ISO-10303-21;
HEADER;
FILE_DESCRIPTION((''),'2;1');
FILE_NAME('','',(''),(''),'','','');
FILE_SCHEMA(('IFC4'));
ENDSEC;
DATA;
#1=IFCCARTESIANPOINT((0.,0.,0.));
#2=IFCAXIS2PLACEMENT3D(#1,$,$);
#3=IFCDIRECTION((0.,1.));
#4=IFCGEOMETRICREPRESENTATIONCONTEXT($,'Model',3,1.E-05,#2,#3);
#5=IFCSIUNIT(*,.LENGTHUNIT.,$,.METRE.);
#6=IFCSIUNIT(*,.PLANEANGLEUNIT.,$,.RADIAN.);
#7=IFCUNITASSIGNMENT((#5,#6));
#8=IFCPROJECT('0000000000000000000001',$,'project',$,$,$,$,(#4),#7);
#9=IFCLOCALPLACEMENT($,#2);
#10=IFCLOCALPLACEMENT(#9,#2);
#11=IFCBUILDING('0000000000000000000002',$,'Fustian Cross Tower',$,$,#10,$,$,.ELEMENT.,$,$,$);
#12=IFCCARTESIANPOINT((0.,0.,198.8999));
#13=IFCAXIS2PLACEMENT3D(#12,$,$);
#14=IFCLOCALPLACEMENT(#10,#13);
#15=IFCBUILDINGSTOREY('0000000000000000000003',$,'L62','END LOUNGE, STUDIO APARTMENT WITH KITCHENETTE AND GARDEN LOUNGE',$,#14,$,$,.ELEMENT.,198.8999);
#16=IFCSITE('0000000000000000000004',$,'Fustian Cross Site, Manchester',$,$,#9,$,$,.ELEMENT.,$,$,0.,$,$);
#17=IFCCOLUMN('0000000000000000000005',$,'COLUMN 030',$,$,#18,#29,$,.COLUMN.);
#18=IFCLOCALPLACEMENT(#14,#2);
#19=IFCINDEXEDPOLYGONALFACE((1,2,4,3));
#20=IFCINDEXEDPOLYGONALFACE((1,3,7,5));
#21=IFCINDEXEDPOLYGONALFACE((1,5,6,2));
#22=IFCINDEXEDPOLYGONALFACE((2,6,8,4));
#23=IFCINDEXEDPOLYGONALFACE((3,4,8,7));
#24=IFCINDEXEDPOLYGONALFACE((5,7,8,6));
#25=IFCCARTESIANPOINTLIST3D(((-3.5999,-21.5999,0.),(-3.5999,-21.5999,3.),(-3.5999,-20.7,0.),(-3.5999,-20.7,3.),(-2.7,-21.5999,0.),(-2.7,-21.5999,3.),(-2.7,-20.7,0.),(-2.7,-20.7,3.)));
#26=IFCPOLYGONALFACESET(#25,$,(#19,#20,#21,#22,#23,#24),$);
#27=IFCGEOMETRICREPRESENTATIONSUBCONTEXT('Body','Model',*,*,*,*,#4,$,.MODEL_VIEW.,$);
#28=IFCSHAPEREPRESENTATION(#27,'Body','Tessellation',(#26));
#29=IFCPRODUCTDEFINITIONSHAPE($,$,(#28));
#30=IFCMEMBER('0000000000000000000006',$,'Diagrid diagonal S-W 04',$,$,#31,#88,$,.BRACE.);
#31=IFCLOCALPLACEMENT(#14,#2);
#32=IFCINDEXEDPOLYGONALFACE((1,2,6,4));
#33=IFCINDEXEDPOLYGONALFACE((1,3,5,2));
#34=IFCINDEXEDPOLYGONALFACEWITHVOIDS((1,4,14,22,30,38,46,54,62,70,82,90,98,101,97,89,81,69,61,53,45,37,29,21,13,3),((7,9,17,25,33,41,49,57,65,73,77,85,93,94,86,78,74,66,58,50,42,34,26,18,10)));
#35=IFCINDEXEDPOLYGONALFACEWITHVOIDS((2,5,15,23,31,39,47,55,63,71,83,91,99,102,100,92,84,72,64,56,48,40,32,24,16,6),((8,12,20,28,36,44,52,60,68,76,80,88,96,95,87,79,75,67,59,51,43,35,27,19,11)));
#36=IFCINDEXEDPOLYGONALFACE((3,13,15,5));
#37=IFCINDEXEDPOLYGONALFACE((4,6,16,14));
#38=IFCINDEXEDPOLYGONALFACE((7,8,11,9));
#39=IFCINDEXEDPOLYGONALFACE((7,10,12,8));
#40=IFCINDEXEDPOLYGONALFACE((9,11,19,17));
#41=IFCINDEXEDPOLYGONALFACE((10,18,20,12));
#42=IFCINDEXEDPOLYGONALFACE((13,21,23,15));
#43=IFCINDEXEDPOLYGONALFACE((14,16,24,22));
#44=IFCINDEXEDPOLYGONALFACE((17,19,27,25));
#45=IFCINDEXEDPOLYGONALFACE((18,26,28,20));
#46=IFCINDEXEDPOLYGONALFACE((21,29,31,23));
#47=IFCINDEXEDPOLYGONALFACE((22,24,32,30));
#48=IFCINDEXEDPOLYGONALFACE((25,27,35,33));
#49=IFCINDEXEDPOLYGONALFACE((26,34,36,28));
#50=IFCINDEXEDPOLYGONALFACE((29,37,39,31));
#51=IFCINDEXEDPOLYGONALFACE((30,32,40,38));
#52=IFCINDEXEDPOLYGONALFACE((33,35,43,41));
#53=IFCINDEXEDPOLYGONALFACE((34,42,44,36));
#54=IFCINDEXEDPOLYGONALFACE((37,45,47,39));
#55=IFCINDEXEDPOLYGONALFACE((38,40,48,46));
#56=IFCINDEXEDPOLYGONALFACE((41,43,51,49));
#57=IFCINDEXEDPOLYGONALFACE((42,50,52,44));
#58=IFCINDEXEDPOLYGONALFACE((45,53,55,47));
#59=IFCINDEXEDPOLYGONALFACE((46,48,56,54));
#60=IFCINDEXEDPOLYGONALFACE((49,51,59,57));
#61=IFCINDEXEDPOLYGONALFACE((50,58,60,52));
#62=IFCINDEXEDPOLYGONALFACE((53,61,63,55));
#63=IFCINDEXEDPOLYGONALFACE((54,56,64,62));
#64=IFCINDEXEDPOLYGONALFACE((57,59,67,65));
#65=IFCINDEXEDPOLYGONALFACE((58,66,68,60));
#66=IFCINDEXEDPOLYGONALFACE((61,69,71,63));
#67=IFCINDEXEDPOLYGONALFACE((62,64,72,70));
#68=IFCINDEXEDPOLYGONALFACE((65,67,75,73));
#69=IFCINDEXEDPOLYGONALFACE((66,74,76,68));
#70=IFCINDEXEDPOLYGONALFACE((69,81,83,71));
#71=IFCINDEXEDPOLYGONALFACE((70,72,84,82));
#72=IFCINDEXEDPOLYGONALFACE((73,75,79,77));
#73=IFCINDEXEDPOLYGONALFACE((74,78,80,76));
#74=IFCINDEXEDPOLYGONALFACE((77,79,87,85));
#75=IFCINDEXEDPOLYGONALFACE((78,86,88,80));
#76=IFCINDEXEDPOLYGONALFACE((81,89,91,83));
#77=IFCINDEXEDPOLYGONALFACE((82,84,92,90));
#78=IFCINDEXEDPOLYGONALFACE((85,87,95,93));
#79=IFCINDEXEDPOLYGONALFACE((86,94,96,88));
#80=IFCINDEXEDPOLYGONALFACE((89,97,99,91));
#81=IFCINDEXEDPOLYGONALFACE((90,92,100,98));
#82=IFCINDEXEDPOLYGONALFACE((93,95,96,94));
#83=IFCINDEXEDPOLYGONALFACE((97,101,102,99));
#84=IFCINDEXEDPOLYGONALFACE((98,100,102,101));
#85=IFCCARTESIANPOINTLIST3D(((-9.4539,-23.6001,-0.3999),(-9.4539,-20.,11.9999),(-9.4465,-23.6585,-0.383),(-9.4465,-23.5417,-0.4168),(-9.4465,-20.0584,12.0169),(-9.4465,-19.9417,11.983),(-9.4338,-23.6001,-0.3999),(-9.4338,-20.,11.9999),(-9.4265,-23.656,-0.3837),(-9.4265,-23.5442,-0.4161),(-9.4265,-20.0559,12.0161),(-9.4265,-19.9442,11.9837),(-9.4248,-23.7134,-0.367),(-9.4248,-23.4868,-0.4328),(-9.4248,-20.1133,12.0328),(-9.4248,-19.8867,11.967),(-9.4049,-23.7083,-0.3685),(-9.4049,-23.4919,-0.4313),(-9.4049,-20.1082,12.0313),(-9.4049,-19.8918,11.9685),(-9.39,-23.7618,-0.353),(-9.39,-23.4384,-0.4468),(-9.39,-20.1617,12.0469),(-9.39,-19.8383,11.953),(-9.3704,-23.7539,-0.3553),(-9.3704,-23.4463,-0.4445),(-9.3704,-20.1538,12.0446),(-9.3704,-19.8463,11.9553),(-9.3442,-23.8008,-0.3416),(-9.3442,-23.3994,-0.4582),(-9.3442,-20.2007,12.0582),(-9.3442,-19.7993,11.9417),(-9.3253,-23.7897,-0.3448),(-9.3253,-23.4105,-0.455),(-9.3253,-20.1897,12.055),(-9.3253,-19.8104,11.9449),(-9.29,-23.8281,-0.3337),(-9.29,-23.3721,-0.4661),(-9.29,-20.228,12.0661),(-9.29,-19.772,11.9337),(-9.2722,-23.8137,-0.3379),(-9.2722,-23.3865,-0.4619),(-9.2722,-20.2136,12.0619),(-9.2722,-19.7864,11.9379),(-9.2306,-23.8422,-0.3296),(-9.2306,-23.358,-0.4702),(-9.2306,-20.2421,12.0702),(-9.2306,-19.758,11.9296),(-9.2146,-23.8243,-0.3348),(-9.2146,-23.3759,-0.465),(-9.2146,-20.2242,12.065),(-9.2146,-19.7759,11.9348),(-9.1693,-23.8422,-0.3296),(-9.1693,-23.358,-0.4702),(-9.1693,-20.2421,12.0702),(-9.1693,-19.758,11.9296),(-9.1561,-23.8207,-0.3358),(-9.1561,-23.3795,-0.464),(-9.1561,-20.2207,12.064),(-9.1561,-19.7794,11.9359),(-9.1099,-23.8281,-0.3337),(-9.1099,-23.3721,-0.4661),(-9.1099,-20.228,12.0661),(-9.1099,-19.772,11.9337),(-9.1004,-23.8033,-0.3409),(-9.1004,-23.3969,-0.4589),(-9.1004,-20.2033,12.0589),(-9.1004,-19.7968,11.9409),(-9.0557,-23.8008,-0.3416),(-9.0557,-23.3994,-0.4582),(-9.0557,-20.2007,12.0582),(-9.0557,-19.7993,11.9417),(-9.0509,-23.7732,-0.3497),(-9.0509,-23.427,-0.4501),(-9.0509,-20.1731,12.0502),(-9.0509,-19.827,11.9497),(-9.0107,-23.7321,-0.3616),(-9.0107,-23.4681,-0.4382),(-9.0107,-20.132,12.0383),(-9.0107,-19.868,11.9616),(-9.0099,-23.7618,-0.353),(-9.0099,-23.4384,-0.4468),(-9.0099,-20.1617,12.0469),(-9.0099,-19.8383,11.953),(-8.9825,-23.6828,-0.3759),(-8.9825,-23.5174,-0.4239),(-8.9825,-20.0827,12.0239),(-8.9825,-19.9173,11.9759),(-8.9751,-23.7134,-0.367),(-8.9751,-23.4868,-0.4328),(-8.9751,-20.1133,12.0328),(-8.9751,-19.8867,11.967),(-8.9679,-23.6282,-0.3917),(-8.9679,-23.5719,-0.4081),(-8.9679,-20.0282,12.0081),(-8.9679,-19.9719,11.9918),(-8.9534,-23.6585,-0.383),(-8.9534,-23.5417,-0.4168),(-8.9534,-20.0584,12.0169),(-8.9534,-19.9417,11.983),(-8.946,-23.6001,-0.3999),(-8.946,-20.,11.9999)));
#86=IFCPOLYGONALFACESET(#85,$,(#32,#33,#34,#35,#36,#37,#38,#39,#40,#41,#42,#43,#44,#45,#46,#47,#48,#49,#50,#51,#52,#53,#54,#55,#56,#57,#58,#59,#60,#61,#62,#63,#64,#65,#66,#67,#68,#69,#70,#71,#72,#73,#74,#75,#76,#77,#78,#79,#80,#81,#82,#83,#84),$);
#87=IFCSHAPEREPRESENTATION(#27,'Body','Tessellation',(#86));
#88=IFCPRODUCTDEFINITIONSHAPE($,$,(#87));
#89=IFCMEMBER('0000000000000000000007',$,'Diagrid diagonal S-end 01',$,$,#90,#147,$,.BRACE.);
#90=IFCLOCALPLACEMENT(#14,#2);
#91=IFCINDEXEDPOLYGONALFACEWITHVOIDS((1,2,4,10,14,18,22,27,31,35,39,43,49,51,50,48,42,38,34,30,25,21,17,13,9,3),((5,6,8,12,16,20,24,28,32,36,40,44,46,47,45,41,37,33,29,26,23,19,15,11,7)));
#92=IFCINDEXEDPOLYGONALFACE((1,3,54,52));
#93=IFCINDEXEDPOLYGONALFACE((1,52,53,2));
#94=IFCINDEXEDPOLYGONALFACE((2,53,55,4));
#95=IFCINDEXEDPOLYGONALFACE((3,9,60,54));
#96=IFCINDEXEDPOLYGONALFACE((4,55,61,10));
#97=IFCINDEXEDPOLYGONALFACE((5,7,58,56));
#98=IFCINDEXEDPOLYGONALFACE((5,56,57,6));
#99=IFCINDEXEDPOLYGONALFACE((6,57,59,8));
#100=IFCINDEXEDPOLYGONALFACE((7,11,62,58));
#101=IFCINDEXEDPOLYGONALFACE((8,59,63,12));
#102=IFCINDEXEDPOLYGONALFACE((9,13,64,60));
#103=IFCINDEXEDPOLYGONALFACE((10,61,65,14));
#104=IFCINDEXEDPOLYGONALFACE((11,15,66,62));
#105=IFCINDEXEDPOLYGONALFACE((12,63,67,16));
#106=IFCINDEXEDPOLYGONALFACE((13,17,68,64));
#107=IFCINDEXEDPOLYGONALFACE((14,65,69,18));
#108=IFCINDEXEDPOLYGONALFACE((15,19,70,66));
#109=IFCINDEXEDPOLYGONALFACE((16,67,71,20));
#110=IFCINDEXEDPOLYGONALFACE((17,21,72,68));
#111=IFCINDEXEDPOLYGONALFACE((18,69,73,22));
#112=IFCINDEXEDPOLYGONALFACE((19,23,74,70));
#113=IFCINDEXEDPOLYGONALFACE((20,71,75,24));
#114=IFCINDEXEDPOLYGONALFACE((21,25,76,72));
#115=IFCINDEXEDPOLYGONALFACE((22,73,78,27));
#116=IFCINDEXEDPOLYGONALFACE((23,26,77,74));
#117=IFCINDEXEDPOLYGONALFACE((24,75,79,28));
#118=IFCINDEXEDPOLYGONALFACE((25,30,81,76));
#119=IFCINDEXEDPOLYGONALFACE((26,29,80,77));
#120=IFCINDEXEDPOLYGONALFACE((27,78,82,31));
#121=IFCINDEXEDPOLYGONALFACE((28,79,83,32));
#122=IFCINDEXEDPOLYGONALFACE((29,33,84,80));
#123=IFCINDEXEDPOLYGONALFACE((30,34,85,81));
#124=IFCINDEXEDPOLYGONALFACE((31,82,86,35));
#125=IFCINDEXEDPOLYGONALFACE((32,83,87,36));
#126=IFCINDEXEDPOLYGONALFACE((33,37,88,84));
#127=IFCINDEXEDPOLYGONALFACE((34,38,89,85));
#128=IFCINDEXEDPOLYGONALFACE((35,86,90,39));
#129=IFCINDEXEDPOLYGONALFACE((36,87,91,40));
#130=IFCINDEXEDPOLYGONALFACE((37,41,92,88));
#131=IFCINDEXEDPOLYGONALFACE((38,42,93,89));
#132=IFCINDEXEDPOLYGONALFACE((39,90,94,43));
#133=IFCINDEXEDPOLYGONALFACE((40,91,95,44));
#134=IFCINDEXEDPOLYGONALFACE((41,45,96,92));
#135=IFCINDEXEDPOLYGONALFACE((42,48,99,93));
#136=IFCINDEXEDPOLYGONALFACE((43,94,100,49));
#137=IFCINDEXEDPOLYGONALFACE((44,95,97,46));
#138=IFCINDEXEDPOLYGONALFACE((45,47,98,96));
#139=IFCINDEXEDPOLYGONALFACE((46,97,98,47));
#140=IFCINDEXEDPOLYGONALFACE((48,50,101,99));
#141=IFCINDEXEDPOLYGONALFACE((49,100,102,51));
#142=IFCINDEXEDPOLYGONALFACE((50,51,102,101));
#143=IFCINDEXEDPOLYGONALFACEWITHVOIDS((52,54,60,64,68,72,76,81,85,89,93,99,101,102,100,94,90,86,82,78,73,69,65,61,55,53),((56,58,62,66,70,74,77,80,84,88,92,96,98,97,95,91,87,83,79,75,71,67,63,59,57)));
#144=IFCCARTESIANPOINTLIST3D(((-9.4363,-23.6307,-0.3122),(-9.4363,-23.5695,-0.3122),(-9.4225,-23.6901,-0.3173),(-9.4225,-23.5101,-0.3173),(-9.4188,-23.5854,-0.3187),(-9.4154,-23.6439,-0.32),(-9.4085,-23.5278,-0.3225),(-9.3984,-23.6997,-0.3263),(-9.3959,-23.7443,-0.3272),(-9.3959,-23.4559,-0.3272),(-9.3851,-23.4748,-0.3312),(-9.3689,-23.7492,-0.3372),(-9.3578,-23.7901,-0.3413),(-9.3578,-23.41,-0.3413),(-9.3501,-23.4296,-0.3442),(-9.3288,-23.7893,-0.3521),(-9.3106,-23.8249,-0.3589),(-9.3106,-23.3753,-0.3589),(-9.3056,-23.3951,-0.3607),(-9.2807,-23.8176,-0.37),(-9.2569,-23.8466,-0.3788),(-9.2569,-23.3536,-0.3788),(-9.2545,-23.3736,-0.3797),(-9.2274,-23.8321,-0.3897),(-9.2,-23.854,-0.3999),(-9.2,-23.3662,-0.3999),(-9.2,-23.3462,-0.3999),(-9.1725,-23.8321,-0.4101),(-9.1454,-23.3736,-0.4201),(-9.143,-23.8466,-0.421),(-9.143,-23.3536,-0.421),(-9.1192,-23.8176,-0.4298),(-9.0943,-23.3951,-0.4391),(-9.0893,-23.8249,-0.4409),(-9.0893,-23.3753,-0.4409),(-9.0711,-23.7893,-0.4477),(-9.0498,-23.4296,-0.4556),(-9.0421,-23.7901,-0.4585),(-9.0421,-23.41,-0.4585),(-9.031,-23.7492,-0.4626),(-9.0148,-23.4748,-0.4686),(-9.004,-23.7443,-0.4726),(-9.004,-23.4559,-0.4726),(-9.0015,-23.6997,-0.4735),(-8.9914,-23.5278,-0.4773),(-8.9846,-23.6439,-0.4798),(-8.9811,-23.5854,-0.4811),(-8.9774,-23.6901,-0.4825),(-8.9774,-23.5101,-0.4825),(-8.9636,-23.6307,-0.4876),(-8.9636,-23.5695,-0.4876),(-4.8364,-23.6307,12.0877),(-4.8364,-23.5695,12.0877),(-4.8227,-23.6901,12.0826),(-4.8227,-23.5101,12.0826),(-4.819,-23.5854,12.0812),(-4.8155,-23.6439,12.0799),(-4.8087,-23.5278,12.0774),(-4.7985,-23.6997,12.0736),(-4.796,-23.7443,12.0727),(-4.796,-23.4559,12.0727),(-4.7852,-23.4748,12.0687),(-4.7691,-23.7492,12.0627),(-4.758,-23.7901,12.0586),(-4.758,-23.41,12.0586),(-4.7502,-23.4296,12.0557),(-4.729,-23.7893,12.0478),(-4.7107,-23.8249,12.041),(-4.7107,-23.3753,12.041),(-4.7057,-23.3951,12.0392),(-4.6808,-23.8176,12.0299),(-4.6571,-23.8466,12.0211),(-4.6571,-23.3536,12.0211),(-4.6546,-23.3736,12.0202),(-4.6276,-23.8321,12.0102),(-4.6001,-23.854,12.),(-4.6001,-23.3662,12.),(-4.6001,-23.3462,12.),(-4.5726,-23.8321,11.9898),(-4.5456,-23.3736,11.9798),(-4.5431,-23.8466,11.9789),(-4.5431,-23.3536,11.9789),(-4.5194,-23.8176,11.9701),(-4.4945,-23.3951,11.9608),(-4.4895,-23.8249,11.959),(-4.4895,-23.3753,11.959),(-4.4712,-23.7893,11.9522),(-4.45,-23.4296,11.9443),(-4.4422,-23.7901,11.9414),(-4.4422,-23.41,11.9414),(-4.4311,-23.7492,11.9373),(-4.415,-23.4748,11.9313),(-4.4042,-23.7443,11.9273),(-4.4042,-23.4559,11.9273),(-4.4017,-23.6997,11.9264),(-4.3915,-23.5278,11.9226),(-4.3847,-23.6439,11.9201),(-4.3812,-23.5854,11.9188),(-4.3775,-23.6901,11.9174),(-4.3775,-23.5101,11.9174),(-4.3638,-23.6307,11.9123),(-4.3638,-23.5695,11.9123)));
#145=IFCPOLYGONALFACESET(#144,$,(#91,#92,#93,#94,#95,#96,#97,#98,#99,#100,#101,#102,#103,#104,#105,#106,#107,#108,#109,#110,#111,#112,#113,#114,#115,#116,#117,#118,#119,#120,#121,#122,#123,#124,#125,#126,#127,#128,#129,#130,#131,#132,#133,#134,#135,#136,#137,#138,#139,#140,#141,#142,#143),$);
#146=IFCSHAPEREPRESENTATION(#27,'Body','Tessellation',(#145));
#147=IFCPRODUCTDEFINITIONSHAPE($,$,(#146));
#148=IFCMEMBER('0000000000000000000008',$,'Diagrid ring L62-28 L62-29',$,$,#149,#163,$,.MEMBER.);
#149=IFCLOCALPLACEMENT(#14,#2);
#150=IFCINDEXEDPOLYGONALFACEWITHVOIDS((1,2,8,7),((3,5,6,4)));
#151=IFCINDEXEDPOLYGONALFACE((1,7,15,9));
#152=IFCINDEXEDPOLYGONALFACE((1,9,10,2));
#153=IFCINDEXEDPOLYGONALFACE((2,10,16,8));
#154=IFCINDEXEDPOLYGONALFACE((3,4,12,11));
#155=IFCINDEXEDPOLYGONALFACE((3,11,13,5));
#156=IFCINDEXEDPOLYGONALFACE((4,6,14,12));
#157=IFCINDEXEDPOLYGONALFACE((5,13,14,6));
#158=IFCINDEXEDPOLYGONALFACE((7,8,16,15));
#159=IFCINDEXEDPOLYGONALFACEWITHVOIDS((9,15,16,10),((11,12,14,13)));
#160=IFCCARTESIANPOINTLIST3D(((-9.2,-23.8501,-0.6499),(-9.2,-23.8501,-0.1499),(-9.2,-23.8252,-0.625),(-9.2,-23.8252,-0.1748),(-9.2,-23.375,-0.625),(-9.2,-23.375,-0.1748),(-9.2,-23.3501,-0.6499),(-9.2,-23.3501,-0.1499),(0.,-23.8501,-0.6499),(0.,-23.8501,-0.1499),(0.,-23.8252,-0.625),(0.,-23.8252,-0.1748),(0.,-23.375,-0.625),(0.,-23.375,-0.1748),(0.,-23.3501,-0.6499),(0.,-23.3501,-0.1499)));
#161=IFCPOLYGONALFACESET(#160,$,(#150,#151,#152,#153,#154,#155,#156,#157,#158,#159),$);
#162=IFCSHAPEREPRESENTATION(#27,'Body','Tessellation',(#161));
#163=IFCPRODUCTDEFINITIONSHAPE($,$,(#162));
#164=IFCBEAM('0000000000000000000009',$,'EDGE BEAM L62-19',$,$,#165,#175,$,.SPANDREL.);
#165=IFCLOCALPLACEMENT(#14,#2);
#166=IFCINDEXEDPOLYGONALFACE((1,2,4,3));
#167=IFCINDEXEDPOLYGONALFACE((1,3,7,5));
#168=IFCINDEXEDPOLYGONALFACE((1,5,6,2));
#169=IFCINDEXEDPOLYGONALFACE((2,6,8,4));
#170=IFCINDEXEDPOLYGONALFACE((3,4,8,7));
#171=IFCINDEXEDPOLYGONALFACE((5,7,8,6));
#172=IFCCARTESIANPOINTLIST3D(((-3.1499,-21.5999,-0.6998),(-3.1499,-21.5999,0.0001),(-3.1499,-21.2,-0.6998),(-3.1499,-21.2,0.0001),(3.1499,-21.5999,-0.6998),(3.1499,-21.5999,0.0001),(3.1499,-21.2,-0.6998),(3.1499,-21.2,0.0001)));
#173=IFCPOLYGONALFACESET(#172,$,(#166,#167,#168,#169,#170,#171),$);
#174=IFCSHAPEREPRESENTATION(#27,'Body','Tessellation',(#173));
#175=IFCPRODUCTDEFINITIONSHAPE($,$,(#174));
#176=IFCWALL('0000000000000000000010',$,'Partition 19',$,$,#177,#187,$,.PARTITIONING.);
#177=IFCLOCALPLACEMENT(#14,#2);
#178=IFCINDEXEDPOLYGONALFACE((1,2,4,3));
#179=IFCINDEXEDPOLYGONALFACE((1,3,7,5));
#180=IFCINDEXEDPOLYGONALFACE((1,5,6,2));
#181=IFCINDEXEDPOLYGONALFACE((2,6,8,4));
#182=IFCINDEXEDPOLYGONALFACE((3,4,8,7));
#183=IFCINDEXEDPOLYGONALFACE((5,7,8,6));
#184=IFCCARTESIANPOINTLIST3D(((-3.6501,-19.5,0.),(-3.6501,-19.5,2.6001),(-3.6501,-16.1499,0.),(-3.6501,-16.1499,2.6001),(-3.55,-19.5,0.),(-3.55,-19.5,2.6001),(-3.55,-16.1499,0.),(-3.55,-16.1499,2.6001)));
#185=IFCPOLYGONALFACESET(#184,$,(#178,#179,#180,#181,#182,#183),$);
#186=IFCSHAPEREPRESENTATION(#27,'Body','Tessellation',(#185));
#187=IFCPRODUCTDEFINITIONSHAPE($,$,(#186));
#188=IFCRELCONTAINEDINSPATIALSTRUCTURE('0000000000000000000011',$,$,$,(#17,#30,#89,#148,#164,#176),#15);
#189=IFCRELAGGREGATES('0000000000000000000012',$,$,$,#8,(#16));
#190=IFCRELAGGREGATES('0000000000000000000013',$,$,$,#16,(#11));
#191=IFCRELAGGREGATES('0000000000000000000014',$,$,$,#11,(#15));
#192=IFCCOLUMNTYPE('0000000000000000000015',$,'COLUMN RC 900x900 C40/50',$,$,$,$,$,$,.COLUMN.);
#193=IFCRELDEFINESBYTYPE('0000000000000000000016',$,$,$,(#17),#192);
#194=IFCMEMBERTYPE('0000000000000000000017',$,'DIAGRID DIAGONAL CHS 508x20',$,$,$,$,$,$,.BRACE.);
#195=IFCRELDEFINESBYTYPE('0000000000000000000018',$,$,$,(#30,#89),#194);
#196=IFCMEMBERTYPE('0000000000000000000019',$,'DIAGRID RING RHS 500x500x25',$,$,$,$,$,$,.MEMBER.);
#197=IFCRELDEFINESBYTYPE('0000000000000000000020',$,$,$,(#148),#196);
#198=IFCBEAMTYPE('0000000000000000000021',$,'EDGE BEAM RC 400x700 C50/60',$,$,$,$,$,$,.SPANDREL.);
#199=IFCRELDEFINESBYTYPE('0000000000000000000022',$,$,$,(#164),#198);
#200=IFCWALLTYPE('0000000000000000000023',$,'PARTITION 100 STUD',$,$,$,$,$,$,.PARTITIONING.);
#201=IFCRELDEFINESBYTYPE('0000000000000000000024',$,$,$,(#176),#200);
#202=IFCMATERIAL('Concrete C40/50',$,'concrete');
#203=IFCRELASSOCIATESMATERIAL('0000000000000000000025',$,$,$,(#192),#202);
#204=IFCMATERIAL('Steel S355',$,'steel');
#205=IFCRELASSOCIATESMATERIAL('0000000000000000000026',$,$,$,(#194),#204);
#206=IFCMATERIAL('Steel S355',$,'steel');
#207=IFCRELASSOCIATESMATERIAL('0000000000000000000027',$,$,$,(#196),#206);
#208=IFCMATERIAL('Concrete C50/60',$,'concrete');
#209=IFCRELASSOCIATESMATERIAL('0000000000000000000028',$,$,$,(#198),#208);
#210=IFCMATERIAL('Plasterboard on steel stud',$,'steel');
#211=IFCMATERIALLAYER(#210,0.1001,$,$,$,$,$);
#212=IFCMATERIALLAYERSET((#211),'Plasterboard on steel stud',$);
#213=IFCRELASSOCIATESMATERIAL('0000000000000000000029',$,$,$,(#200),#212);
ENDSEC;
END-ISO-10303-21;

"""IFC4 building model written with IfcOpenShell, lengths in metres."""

from ifc_helpers import new_model, si_unit, direction, frame, frame_2d, origin, origin_2d, place, context, subcontext, project, spatial, rectangle, hollow_rectangle, hollow_circle, extrude, material, layer, layer_set, material_profile, profile_set, type_object, element, save


model = new_model("IFC4")

# Units and contexts
model_context = context("Model", 3, precision=1e-05, world=origin(), true_north=direction((0.0, 1.0)))
body_context = subcontext(model_context, "Body", "Model", "MODEL_VIEW")
ifc_project = project(units=[si_unit("LENGTHUNIT", "METRE"), si_unit("PLANEANGLEUNIT", "RADIAN")], contexts=[model_context])

# Site, building, storey
site_placement = place(None, origin())
site = spatial("IfcSite", under=ifc_project, at=site_placement, Name="Fustian Cross Site, Manchester", CompositionType="ELEMENT", RefElevation=0.0)
building_placement = place(site_placement, origin())
building = spatial("IfcBuilding", under=site, at=building_placement, Name="Fustian Cross Tower", CompositionType="ELEMENT")
storey_placement = place(building_placement, frame((0.0, 0.0, 198.8999)))
storey = spatial("IfcBuildingStorey", under=building, at=storey_placement, Name="L62", Description="END LOUNGE, STUDIO APARTMENT WITH KITCHENETTE AND GARDEN LOUNGE", CompositionType="ELEMENT", Elevation=198.8999)

# Column
ifc_material_1 = material(Name="Concrete C40/50", Category="concrete")
ifc_material_profile_1 = material_profile(ifc_material_1, rectangle(XDim=0.8999, YDim=0.8999, at=origin_2d()), Name="RC 900x900")
ifc_profile_set_1 = profile_set([ifc_material_profile_1], Name="Concrete C40/50")
column_type = type_object("IfcColumnType", Name="COLUMN RC 900x900 C40/50", PredefinedType="COLUMN", material=ifc_profile_set_1)
column_placement = place(storey_placement, frame((-3.1499, -21.1499, 0.0), z_axis=(0.0, 0.0, 1.0), x_axis=(1.0, 0.0, 0.0)))
element("IfcColumn", 1, at=column_placement, inside=storey, type_object=column_type, Name="COLUMN 030", PredefinedType="COLUMN", context=body_context, shape_type="SweptSolid", body=[
    extrude(rectangle(XDim=0.8999, YDim=0.8999, at=origin_2d()), origin(), (0.0, 0.0, 1.0), 3.0),
])

# Members
ifc_material_2 = material(Name="Steel S355", Category="steel")
ifc_material_profile_2 = material_profile(ifc_material_2, hollow_circle(Radius=0.2539, WallThickness=0.02, at=origin_2d()), Name="CHS 508x20")
ifc_profile_set_2 = profile_set([ifc_material_profile_2], Name="Steel S355")
member_type_1 = type_object("IfcMemberType", Name="DIAGRID DIAGONAL CHS 508x20", PredefinedType="BRACE", material=ifc_profile_set_2)
member_1_placement = place(storey_placement, frame((-9.2, -23.6001, -0.3999), z_axis=(0.0, 0.278819, 0.960344), x_axis=(-1.0, 0.0, 0.0)))
element("IfcMember", 2, at=member_1_placement, inside=storey, type_object=member_type_1, Name="Diagrid diagonal S-W 04", PredefinedType="BRACE", context=body_context, shape_type="SweptSolid", body=[
    extrude(hollow_circle(Radius=0.2539, WallThickness=0.02, at=origin_2d()), origin(), (0.0, 0.0, 1.0), 12.9119),
])
member_2_placement = place(storey_placement, frame((-9.2, -23.6001, -0.3999), z_axis=(0.347799, 0.0, 0.937569), x_axis=(0.0, 1.0, 0.0)))
element("IfcMember", 3, at=member_2_placement, inside=storey, type_object=member_type_1, Name="Diagrid diagonal S-end 01", PredefinedType="BRACE", context=body_context, shape_type="SweptSolid", body=[
    extrude(hollow_circle(Radius=0.2539, WallThickness=0.02, at=origin_2d()), origin(), (0.0, 0.0, 1.0), 13.2256),
])
ifc_material_3 = material(Name="Steel S355", Category="steel")
ifc_material_profile_3 = material_profile(ifc_material_3, hollow_rectangle(XDim=0.5, YDim=0.5, WallThickness=0.0249, at=origin_2d()), Name="RHS 500x500x25")
ifc_profile_set_3 = profile_set([ifc_material_profile_3], Name="Steel S355")
member_type_2 = type_object("IfcMemberType", Name="DIAGRID RING RHS 500x500x25", PredefinedType="MEMBER", material=ifc_profile_set_3)
member_3_placement = place(storey_placement, frame((-9.2, -23.6001, -0.3999), z_axis=(1.0, 0.0, 0.0), x_axis=(0.0, 1.0, 0.0)))
element("IfcMember", 4, at=member_3_placement, inside=storey, type_object=member_type_2, Name="Diagrid ring L62-28 L62-29", PredefinedType="MEMBER", context=body_context, shape_type="SweptSolid", body=[
    extrude(hollow_rectangle(XDim=0.5, YDim=0.5, WallThickness=0.0249, at=origin_2d()), origin(), (0.0, 0.0, 1.0), 9.2),
])

# Beam
ifc_material_4 = material(Name="Concrete C50/60", Category="concrete")
ifc_material_profile_4 = material_profile(ifc_material_4, rectangle(XDim=0.3999, YDim=0.7, at=origin_2d()), Name="RC 400x700")
ifc_profile_set_4 = profile_set([ifc_material_profile_4], Name="Concrete C50/60")
beam_type = type_object("IfcBeamType", Name="EDGE BEAM RC 400x700 C50/60", PredefinedType="SPANDREL", material=ifc_profile_set_4)
beam_placement = place(storey_placement, frame((-3.1499, -21.3999, -0.3499), z_axis=(1.0, 0.0, 0.0), x_axis=(0.0, 1.0, 0.0)))
element("IfcBeam", 5, at=beam_placement, inside=storey, type_object=beam_type, Name="EDGE BEAM L62-19", PredefinedType="SPANDREL", context=body_context, shape_type="SweptSolid", body=[
    extrude(rectangle(XDim=0.3999, YDim=0.7, at=origin_2d()), origin(), (0.0, 0.0, 1.0), 6.2998),
])

# Wall
ifc_material_5 = material(Name="Plasterboard on steel stud", Category="steel")
ifc_layer_1 = layer(ifc_material_5, 0.1001)
ifc_layer_set_1 = layer_set([ifc_layer_1], Name="Plasterboard on steel stud")
wall_type_1 = type_object("IfcWallType", Name="PARTITION 100 STUD", PredefinedType="PARTITIONING", material=ifc_layer_set_1)
wall_1_placement = place(storey_placement, frame((-3.6001, -19.5, 0.0), z_axis=(0.0, 0.0, 1.0), x_axis=(0.0, 1.0, 0.0)))
element("IfcWall", 6, at=wall_1_placement, inside=storey, type_object=wall_type_1, Name="Partition 19", PredefinedType="PARTITIONING", context=body_context, shape_type="SweptSolid", body=[
    extrude(rectangle(XDim=3.3501, YDim=0.1001, at=frame_2d((1.675, 0.0))), origin(), (0.0, 0.0, 1.0), 2.6001),
])

save(model, "model.ifc")
